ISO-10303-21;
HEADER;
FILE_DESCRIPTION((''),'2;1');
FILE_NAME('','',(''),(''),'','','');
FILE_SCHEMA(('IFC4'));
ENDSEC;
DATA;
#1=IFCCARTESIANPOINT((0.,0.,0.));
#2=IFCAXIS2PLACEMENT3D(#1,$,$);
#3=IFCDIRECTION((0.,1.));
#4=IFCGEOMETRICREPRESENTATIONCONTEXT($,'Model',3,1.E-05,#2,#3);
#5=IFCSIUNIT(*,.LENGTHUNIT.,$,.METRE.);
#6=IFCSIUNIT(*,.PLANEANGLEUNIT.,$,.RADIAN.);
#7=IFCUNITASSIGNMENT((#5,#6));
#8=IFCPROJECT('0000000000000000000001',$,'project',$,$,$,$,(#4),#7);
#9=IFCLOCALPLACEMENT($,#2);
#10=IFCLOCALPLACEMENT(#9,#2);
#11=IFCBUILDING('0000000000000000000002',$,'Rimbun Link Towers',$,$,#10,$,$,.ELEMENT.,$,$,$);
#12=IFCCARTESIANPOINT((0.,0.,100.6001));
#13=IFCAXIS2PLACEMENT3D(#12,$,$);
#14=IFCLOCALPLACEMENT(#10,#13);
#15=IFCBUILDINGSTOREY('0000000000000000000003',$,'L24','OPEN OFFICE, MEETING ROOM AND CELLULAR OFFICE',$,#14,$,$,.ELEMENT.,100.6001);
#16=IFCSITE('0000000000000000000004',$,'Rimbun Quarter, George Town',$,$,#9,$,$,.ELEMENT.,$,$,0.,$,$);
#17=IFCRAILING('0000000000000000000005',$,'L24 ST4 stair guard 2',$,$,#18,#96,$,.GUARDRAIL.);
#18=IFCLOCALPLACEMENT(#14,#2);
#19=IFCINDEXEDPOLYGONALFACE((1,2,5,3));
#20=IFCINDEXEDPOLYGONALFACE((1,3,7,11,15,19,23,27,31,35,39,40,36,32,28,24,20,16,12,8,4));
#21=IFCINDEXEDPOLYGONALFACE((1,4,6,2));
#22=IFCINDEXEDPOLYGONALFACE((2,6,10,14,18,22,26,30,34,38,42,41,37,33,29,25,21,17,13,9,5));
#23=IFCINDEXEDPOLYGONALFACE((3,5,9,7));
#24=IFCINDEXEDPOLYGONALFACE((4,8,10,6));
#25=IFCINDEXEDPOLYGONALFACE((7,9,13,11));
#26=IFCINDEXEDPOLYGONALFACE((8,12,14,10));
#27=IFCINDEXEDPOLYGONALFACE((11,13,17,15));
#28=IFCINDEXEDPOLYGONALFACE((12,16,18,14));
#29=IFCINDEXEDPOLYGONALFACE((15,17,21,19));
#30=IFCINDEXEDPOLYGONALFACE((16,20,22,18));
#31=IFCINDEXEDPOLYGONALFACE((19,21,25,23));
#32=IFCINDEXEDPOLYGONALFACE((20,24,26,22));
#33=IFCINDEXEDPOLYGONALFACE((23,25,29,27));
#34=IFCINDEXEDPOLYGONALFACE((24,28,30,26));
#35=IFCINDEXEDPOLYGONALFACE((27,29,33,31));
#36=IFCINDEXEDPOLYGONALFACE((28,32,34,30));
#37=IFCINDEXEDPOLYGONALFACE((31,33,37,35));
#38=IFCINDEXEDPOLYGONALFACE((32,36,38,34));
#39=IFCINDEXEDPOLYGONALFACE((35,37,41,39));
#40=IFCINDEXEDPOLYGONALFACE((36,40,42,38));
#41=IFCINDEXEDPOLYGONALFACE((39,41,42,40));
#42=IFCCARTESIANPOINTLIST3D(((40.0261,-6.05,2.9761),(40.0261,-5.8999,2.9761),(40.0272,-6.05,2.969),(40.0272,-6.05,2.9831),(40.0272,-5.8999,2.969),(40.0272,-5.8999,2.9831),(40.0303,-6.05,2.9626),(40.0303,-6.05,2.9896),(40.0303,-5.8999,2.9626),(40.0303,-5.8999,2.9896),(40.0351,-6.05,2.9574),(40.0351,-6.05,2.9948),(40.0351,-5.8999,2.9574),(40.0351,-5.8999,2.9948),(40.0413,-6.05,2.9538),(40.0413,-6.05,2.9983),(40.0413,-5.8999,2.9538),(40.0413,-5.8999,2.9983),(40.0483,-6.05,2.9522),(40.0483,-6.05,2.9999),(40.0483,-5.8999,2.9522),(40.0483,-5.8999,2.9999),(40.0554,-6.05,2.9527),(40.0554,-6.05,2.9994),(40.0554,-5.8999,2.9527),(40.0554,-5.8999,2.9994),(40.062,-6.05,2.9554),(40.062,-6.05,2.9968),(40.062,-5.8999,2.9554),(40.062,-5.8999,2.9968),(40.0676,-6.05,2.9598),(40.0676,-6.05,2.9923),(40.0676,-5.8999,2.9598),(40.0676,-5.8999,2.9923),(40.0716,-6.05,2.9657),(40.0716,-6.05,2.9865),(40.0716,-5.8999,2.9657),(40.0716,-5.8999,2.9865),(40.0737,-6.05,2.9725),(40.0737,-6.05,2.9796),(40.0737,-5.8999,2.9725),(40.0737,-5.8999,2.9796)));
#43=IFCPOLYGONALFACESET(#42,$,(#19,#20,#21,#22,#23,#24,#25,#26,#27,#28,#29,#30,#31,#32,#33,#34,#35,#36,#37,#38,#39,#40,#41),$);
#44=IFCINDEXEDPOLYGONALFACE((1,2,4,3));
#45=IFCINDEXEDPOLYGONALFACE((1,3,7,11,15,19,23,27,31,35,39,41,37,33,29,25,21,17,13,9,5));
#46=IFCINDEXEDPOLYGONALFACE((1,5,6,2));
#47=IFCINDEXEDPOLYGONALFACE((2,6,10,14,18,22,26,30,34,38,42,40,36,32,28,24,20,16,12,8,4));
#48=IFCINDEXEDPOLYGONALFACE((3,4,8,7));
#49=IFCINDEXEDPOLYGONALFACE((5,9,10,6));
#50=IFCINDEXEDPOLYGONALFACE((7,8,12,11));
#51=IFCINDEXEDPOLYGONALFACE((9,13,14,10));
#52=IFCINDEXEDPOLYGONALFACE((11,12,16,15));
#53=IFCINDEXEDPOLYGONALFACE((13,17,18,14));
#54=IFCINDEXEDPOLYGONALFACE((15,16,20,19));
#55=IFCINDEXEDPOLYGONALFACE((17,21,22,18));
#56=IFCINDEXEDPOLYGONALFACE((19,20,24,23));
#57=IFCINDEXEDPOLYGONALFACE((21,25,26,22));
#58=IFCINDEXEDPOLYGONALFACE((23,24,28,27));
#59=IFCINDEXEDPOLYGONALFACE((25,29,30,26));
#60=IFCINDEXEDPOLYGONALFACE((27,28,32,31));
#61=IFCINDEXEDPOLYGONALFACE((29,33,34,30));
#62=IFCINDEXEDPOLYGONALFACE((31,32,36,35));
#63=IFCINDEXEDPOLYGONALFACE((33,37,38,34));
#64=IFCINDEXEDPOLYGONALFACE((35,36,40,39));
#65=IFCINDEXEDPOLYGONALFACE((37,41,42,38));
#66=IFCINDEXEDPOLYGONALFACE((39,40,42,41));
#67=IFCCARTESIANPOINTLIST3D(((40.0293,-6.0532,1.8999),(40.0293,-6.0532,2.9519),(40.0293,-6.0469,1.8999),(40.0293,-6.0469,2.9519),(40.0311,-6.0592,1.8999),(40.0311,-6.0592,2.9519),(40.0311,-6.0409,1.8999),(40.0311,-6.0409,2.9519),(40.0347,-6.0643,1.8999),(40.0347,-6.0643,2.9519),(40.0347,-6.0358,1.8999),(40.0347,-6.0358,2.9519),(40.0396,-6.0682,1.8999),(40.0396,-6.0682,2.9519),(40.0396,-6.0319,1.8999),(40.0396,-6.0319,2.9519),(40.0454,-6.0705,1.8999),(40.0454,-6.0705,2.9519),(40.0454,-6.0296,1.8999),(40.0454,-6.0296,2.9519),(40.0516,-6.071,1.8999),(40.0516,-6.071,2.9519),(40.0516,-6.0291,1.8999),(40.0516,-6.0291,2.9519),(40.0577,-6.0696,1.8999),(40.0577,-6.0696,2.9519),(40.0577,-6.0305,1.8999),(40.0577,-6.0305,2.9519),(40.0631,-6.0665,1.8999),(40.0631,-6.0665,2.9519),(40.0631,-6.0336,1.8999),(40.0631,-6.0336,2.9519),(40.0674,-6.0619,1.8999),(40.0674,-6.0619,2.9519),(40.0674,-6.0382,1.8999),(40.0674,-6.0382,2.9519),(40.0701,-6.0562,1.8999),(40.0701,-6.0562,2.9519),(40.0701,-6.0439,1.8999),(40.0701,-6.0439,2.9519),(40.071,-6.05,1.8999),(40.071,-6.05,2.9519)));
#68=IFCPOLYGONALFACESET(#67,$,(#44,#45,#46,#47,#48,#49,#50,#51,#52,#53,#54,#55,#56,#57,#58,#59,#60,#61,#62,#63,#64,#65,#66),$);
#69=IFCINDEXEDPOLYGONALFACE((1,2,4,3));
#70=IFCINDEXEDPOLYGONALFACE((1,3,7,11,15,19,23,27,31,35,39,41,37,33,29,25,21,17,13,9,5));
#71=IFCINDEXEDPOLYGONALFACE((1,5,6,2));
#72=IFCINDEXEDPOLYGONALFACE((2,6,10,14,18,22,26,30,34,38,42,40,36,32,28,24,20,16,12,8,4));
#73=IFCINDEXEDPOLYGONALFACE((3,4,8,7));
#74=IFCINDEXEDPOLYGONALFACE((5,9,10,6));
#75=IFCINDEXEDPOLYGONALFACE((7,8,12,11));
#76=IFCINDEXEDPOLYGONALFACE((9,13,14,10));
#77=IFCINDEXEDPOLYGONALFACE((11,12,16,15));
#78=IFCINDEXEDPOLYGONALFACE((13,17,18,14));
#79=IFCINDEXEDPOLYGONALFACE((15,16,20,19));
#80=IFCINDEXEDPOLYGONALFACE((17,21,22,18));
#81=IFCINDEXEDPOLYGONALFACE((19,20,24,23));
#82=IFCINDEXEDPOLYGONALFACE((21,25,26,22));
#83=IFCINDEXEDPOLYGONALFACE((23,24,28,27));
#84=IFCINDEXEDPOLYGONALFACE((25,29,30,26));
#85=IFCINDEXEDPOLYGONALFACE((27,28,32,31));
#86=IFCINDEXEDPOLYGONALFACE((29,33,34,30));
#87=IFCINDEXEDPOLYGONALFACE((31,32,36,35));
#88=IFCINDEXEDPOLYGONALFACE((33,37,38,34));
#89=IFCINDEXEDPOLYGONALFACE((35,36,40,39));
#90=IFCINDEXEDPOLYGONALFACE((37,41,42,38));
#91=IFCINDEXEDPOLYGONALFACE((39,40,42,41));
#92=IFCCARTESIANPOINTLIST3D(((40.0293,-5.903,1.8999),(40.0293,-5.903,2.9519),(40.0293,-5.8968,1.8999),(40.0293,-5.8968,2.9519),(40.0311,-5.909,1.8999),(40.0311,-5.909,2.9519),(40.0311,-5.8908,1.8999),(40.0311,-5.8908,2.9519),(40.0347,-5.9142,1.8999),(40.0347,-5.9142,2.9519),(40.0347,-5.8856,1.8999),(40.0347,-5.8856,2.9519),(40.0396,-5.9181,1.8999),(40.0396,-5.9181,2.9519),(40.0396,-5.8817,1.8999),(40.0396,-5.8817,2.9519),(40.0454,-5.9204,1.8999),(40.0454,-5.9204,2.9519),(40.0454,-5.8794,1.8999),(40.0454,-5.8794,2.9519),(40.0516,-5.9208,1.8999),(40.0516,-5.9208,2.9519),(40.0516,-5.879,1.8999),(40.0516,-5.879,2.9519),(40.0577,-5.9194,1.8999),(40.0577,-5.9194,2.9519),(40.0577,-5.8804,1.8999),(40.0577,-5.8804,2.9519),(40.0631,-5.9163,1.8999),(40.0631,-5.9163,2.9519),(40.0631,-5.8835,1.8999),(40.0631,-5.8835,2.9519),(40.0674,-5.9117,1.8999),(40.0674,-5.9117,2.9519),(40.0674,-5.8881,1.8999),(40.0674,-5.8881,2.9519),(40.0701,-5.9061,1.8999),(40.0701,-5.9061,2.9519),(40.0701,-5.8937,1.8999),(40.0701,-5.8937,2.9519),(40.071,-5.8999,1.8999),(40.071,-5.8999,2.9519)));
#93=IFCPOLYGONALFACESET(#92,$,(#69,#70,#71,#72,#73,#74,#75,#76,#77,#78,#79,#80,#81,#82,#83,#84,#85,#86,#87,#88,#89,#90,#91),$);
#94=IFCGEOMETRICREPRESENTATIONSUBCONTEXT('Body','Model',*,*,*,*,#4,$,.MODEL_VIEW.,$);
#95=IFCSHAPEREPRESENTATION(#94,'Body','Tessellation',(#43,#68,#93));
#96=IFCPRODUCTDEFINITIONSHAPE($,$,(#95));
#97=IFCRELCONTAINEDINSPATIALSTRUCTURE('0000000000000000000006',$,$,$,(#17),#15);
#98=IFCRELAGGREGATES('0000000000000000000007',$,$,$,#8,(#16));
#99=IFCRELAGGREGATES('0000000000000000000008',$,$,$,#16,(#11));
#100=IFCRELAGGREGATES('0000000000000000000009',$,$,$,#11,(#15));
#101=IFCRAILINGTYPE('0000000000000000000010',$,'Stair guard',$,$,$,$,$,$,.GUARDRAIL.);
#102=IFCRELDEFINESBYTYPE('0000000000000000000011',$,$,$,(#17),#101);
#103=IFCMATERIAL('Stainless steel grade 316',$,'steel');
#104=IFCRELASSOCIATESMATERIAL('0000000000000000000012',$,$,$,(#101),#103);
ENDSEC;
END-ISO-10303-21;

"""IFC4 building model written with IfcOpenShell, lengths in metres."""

from ifc_helpers import new_model, si_unit, direction, frame, origin, origin_2d, place, context, subcontext, project, spatial, circle, extrude, material, type_object, element, save


model = new_model("IFC4")

# Units and contexts
model_context = context("Model", 3, precision=1e-05, world=origin(), true_north=direction((0.0, 1.0)))
body_context = subcontext(model_context, "Body", "Model", "MODEL_VIEW")
ifc_project = project(units=[si_unit("LENGTHUNIT", "METRE"), si_unit("PLANEANGLEUNIT", "RADIAN")], contexts=[model_context])

# Site, building, storey
site_placement = place(None, origin())
site = spatial("IfcSite", under=ifc_project, at=site_placement, Name="Rimbun Quarter, George Town", CompositionType="ELEMENT", RefElevation=0.0)
building_placement = place(site_placement, origin())
building = spatial("IfcBuilding", under=site, at=building_placement, Name="Rimbun Link Towers", CompositionType="ELEMENT")
storey_placement = place(building_placement, frame((0.0, 0.0, 100.6001)))
storey = spatial("IfcBuildingStorey", under=building, at=storey_placement, Name="L24", Description="OPEN OFFICE, MEETING ROOM AND CELLULAR OFFICE", CompositionType="ELEMENT", Elevation=100.6001)

# Railing
ifc_material_1 = material(Name="Stainless steel grade 316", Category="steel")
railing_type = type_object("IfcRailingType", Name="Stair guard", PredefinedType="GUARDRAIL", material=ifc_material_1)
railing_1_placement = place(storey_placement, frame((40.05, -6.05, 1.8999)))
element("IfcRailing", 1, at=railing_1_placement, inside=storey, type_object=railing_type, Name="L24 ST4 stair guard 2", PredefinedType="GUARDRAIL", context=body_context, shape_type="SweptSolid", body=[
    extrude(circle(Radius=0.0239, at=origin_2d()), frame((0.0, 0.0, 1.0762), z_axis=(0.0, 1.0, 0.0), x_axis=(-1.0, 0.0, 0.0)), (0.0, 0.0, 1.0), 0.1501),
    extrude(circle(Radius=0.021, at=origin_2d()), origin(), (0.0, 0.0, 1.0), 1.052),
    extrude(circle(Radius=0.021, at=origin_2d()), frame((0.0, 0.1501, 0.0)), (0.0, 0.0, 1.0), 1.052),
])

save(model, "model.ifc")
